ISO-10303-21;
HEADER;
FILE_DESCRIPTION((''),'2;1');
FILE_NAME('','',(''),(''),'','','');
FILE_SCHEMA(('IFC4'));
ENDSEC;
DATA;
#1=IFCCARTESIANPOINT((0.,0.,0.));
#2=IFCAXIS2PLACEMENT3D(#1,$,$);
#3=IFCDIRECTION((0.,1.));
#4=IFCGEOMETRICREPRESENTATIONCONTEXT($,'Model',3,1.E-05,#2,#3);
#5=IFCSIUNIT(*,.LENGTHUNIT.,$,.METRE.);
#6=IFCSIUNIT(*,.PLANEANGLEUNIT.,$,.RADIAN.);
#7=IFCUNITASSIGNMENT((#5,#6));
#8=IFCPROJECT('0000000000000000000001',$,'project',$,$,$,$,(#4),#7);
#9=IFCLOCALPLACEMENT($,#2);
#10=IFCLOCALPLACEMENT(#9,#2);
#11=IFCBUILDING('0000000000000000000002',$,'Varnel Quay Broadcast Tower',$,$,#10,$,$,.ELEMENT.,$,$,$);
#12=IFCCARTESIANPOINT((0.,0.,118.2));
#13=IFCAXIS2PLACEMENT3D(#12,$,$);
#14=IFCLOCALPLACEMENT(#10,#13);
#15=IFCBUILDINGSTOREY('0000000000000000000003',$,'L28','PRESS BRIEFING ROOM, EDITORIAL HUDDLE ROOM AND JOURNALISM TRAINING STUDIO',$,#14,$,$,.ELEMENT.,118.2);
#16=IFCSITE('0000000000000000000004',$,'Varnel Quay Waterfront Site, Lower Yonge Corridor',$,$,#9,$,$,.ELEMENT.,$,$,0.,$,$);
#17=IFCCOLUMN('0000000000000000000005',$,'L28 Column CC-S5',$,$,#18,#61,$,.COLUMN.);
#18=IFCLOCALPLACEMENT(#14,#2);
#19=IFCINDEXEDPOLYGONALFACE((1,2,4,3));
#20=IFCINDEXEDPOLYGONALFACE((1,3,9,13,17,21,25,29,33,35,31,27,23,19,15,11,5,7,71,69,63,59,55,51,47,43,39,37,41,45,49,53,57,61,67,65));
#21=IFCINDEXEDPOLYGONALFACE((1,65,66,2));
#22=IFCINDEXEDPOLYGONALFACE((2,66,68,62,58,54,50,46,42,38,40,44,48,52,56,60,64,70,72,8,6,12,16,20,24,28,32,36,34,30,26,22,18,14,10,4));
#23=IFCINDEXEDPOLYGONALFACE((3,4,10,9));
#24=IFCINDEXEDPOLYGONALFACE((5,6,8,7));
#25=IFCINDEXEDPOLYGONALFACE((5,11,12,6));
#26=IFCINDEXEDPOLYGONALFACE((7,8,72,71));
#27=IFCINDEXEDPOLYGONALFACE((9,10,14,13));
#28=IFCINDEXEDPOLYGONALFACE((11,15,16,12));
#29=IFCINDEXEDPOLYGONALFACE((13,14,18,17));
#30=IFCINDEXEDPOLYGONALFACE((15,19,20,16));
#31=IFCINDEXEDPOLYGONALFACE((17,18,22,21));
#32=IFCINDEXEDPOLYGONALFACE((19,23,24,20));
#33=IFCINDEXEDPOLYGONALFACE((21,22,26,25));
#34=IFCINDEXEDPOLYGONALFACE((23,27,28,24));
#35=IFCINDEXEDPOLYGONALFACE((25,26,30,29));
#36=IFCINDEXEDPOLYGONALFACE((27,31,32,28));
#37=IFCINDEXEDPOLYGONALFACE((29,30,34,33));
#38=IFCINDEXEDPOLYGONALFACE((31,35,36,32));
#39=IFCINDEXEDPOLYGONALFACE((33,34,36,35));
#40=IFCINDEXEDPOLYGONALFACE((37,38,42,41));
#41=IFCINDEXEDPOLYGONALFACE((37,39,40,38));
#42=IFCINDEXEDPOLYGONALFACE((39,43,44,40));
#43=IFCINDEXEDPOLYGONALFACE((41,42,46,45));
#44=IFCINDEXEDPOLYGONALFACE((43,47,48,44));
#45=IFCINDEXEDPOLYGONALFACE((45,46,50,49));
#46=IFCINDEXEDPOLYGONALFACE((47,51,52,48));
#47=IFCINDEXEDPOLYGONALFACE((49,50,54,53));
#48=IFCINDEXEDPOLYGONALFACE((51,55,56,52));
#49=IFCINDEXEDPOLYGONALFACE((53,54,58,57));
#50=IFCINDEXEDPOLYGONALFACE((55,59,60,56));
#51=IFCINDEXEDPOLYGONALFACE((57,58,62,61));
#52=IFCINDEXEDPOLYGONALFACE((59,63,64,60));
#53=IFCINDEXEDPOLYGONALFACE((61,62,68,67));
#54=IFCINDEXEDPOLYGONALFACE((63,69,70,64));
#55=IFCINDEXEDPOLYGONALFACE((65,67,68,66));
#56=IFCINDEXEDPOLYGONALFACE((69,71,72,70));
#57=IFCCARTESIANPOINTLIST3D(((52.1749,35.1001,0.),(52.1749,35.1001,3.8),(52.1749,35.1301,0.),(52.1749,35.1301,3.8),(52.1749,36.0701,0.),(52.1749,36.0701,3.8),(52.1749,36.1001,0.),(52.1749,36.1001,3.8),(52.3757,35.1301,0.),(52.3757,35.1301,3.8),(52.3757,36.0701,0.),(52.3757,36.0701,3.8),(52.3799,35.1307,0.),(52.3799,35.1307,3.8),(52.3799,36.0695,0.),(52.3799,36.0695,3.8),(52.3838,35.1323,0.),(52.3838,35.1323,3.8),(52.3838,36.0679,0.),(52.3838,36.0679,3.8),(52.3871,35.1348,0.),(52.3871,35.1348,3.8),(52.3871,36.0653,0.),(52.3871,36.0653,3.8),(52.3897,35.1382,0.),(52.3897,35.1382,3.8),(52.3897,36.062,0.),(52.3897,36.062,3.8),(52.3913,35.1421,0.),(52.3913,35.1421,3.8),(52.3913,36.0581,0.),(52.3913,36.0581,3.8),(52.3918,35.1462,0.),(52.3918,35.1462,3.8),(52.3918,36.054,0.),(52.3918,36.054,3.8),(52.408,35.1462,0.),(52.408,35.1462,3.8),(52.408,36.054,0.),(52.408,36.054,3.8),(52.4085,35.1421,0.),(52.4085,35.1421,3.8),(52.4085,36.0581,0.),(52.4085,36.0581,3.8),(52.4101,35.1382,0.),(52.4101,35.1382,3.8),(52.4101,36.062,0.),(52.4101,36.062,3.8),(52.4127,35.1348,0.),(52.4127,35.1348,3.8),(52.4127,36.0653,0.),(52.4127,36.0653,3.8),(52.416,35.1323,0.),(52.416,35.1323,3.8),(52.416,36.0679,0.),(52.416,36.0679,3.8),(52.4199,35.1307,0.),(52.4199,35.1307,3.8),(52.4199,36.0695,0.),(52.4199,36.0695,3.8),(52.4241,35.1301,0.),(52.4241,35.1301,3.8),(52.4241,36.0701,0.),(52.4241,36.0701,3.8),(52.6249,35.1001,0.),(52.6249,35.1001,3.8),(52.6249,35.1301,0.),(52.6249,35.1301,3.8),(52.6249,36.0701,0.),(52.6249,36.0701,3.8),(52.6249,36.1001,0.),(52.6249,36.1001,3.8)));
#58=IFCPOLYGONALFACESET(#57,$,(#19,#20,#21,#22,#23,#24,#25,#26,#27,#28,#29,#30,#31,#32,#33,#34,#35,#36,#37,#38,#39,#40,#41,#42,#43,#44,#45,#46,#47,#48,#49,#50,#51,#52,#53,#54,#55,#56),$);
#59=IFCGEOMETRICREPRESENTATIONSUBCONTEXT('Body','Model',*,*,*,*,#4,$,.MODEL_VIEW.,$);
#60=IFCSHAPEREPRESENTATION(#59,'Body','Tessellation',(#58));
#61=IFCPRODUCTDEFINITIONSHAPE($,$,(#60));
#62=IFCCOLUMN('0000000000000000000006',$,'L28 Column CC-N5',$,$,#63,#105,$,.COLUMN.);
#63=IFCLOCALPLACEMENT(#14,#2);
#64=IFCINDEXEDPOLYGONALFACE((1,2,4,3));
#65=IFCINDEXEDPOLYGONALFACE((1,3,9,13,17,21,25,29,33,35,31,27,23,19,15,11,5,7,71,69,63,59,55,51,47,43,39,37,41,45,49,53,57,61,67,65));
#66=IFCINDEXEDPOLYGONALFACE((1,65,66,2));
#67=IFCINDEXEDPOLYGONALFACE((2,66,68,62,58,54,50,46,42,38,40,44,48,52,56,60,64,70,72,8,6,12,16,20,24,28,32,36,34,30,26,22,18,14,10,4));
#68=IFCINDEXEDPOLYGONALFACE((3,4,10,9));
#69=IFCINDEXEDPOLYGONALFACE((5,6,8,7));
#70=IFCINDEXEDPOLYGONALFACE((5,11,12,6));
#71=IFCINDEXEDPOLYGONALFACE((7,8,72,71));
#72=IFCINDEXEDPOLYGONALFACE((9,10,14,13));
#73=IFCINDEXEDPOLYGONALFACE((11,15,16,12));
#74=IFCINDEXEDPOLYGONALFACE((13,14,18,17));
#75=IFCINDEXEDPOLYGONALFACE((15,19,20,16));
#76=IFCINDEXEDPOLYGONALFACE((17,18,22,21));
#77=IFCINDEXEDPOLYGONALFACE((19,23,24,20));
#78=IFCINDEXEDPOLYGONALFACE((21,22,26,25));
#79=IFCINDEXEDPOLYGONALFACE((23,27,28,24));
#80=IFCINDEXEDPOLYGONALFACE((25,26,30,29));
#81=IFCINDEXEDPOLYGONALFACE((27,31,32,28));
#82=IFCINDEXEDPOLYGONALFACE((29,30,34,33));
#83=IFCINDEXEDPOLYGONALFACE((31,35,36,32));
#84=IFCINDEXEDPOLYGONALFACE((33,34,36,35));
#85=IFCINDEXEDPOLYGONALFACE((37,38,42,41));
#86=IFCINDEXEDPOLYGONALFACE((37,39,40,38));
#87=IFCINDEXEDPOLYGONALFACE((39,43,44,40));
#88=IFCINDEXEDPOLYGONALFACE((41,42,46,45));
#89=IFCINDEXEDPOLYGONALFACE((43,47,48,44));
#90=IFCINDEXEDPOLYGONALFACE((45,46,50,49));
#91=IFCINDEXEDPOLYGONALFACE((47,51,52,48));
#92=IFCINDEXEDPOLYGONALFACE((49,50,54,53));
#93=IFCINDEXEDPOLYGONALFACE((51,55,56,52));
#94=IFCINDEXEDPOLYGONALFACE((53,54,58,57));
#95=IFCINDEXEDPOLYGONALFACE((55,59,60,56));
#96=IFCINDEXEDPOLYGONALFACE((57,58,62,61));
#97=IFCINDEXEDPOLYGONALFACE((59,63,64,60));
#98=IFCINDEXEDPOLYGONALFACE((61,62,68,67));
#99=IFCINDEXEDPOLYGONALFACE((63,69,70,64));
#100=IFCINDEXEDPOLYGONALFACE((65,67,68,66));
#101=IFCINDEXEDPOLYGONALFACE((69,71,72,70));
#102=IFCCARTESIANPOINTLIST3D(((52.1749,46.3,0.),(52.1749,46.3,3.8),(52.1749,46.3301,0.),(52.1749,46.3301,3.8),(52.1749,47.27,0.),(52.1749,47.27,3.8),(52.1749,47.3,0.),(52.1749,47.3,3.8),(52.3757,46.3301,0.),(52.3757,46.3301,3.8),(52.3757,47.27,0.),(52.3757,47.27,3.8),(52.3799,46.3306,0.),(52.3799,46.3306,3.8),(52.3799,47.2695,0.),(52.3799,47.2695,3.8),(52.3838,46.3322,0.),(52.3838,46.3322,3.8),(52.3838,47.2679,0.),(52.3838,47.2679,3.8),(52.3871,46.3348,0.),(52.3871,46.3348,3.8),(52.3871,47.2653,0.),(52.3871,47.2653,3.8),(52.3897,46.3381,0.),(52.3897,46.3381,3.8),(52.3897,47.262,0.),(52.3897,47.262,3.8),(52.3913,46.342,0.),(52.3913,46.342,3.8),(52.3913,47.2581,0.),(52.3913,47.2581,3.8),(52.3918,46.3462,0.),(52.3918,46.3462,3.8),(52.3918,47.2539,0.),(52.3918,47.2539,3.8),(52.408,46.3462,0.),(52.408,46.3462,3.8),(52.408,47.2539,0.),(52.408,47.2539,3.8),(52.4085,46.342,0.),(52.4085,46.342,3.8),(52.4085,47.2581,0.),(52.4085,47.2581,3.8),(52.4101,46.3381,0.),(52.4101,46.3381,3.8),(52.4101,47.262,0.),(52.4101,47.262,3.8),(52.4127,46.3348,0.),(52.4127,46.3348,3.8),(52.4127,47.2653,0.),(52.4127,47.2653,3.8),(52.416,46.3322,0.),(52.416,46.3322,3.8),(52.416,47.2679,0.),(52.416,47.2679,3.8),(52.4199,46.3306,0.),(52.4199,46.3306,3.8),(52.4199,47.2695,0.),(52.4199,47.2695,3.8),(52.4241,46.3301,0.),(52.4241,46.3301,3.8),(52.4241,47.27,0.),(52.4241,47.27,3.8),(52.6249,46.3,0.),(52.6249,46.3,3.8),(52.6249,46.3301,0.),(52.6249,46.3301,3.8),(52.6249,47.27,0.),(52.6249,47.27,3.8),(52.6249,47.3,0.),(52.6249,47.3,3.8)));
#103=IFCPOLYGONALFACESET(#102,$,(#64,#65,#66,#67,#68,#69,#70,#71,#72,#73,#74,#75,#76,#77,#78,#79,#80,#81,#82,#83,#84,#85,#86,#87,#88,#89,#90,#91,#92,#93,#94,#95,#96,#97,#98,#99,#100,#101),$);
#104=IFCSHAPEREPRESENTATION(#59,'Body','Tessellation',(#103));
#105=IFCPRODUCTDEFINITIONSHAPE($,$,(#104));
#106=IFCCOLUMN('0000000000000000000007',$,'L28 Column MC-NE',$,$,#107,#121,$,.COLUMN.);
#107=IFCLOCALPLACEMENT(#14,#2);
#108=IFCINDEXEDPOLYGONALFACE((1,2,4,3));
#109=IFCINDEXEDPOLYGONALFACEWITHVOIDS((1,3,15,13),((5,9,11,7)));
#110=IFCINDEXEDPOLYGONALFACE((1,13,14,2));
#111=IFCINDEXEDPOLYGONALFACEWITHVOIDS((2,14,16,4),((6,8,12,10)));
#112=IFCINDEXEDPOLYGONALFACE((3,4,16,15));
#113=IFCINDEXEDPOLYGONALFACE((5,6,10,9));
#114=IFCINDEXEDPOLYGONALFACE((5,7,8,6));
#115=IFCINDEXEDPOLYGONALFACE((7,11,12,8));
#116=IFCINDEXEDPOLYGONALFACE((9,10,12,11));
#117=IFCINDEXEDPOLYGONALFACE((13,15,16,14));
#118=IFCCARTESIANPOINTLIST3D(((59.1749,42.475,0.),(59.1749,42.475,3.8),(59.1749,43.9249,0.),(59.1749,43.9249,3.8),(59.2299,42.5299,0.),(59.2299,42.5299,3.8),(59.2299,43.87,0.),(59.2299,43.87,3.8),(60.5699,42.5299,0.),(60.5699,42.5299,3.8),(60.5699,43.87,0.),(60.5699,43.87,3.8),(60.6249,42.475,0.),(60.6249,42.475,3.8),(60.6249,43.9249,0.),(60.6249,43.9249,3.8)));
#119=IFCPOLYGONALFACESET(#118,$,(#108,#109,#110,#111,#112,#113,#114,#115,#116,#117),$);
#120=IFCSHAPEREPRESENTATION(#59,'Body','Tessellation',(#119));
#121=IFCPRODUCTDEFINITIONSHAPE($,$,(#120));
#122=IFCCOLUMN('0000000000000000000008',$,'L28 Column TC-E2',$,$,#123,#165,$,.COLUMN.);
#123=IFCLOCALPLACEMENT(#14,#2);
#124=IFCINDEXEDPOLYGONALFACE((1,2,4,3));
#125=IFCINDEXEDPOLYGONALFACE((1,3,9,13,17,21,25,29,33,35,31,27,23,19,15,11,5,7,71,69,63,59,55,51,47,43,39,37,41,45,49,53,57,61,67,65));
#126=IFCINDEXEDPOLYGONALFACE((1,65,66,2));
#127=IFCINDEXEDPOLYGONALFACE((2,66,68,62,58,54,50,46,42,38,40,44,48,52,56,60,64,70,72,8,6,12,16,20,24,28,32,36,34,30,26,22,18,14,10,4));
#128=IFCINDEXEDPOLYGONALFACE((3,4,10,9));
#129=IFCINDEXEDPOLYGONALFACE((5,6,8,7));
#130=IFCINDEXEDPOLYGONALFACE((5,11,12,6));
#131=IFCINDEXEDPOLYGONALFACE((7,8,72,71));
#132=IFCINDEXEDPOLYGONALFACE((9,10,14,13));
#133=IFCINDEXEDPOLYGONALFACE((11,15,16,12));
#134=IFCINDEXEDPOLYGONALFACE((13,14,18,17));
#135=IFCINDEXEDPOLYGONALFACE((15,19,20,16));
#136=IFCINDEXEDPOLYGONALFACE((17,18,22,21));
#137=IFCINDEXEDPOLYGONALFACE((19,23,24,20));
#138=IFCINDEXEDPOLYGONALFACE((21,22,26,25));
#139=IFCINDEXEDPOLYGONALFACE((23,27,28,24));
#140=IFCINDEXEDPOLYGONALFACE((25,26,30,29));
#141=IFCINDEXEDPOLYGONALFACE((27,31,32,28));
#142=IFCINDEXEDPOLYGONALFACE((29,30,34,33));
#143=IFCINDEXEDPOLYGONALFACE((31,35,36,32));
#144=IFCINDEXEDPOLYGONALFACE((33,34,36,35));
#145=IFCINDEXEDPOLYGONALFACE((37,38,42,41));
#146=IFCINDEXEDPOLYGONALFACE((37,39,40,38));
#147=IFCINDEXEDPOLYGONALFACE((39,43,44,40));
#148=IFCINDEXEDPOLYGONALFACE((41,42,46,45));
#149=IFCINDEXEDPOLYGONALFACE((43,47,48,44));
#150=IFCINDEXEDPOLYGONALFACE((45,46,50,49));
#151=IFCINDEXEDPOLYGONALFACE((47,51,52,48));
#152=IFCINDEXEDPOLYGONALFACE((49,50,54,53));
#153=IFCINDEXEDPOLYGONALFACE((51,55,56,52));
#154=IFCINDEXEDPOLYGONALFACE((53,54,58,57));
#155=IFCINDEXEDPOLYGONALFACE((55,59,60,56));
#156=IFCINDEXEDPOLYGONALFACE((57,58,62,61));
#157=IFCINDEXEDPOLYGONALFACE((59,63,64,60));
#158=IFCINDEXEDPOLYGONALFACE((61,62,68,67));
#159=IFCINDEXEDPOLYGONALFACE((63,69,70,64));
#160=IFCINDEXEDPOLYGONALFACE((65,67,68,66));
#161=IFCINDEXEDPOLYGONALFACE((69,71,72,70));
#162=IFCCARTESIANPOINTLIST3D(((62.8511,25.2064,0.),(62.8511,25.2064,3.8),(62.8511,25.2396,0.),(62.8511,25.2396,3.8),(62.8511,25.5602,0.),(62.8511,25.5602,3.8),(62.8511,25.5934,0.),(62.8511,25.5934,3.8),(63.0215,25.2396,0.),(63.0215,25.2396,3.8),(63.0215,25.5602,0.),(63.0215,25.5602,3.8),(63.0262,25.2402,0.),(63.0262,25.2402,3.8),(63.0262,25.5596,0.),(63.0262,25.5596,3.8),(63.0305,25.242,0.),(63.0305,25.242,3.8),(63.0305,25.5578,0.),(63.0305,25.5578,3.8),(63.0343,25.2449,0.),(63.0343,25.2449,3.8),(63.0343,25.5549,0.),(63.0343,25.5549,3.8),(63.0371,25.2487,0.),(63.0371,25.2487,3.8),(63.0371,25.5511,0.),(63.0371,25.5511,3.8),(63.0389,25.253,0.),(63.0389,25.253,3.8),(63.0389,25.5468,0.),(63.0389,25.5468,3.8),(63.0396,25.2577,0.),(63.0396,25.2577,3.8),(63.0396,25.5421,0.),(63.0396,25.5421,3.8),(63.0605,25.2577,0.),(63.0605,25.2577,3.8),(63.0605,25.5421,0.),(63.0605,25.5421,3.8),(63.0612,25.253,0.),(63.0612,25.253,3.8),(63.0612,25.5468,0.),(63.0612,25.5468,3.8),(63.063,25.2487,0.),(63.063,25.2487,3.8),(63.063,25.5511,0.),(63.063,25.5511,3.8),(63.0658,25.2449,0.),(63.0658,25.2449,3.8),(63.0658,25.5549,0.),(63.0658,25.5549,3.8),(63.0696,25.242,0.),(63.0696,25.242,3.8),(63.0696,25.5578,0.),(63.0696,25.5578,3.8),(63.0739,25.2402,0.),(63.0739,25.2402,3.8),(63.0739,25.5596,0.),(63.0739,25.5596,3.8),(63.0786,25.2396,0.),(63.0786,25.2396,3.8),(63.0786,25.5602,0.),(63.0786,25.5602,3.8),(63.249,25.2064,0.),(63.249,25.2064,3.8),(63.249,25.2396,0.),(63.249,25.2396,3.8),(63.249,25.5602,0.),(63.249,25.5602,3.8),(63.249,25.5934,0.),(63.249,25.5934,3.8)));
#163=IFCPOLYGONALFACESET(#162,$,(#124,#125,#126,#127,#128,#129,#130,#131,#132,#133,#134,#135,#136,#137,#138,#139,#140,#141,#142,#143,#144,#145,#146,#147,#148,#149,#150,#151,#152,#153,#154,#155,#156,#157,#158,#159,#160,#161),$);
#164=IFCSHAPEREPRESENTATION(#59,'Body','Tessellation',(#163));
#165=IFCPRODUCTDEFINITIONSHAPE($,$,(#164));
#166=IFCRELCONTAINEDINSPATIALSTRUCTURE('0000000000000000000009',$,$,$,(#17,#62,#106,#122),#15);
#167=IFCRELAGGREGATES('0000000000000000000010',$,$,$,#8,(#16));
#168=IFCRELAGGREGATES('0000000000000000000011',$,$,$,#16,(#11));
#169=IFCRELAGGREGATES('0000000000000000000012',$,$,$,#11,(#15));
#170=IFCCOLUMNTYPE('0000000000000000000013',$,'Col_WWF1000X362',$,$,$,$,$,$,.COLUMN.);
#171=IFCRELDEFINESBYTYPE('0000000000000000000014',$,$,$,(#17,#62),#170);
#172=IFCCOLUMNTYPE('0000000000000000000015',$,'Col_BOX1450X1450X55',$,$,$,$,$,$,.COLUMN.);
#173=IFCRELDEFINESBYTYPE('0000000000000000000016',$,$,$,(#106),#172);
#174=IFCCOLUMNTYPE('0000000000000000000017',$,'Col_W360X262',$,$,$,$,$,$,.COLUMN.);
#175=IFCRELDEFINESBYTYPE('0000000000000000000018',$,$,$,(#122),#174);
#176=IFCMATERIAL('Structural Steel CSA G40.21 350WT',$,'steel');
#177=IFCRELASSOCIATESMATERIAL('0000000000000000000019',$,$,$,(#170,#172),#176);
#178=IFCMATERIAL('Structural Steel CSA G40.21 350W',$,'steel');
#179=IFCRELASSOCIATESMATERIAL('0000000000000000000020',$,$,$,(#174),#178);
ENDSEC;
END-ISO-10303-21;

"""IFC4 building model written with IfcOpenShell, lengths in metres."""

from ifc_helpers import new_model, si_unit, direction, frame, origin, origin_2d, place, context, subcontext, project, spatial, hollow_rectangle, i_section, extrude, source, transform, mapped, material, material_profile, profile_set, type_object, type_shapes, element, save


model = new_model("IFC4")

# Units and contexts
model_context = context("Model", 3, precision=1e-05, world=origin(), true_north=direction((0.0, 1.0)))
body_context = subcontext(model_context, "Body", "Model", "MODEL_VIEW")
ifc_project = project(units=[si_unit("LENGTHUNIT", "METRE"), si_unit("PLANEANGLEUNIT", "RADIAN")], contexts=[model_context])

# Site, building, storey
site_placement = place(None, origin())
site = spatial("IfcSite", under=ifc_project, at=site_placement, Name="Varnel Quay Waterfront Site, Lower Yonge Corridor", CompositionType="ELEMENT", RefElevation=0.0)
building_placement = place(site_placement, origin())
building = spatial("IfcBuilding", under=site, at=building_placement, Name="Varnel Quay Broadcast Tower", CompositionType="ELEMENT")
storey_placement = place(building_placement, frame((0.0, 0.0, 118.2)))
storey = spatial("IfcBuildingStorey", under=building, at=storey_placement, Name="L28", Description="PRESS BRIEFING ROOM, EDITORIAL HUDDLE ROOM AND JOURNALISM TRAINING STUDIO", CompositionType="ELEMENT", Elevation=118.2)

# Columns
ifc_material_1 = material(Name="Structural Steel CSA G40.21 350WT", Category="steel")
ifc_material_profile_1 = material_profile(ifc_material_1, i_section(OverallWidth=0.45, OverallDepth=1.0, WebThickness=0.0161, FlangeThickness=0.03, FilletRadius=0.0161, at=origin_2d()), Name="WWF1000X362")
ifc_profile_set_1 = profile_set([ifc_material_profile_1], Name="Structural Steel CSA G40.21 350WT")
column_type_1 = type_object("IfcColumnType", Name="Col_WWF1000X362", PredefinedType="COLUMN", material=ifc_profile_set_1)
shared_shape_1 = source(origin(), body_context, "Body", "SweptSolid", [
    extrude(i_section(OverallWidth=0.45, OverallDepth=1.0, WebThickness=0.0161, FlangeThickness=0.03, FilletRadius=0.0161, at=origin_2d()), origin(), (0.0, 0.0, 1.0), 3.8),
])
type_shapes(column_type_1, [shared_shape_1])
for number, where, z_axis, x_axis, name in (
    (1, (52.3999, 35.6001, 0.0), (0.0, 0.0, 1.0), (1.0, 0.0, 0.0), "L28 Column CC-S5"),
    (2, (52.3999, 46.8, 0.0), (0.0, 0.0, 1.0), (1.0, 0.0, 0.0), "L28 Column CC-N5"),
):
    element("IfcColumn", number, at=place(storey_placement, frame(where, z_axis=z_axis, x_axis=x_axis)), inside=storey, type_object=column_type_1, Name=name, PredefinedType="COLUMN", context=body_context, shape_type="MappedRepresentation", body=[
        mapped(shared_shape_1, transform((0.0, 0.0, 0.0), x_axis=(1.0, 0.0, 0.0), y_axis=(0.0, 1.0, 0.0), z_axis=(0.0, 0.0, 1.0), scale=1.0)),
    ])
ifc_material_profile_2 = material_profile(ifc_material_1, hollow_rectangle(XDim=1.45, YDim=1.45, WallThickness=0.0549, at=origin_2d()), Name="BOX1450X1450X55")
ifc_profile_set_2 = profile_set([ifc_material_profile_2], Name="Structural Steel CSA G40.21 350WT")
column_type_2 = type_object("IfcColumnType", Name="Col_BOX1450X1450X55", PredefinedType="COLUMN", material=ifc_profile_set_2)
shared_shape_2 = source(origin(), body_context, "Body", "SweptSolid", [
    extrude(hollow_rectangle(XDim=1.45, YDim=1.45, WallThickness=0.0549, at=origin_2d()), origin(), (0.0, 0.0, 1.0), 3.8),
])
type_shapes(column_type_2, [shared_shape_2])
column_placement = place(storey_placement, frame((59.8999, 43.2, 0.0), z_axis=(0.0, 0.0, 1.0), x_axis=(1.0, 0.0, 0.0)))
element("IfcColumn", 3, at=column_placement, inside=storey, type_object=column_type_2, Name="L28 Column MC-NE", PredefinedType="COLUMN", context=body_context, shape_type="MappedRepresentation", body=[
    mapped(shared_shape_2, transform((0.0, 0.0, 0.0), x_axis=(1.0, 0.0, 0.0), y_axis=(0.0, 1.0, 0.0), z_axis=(0.0, 0.0, 1.0), scale=1.0)),
])
ifc_material_2 = material(Name="Structural Steel CSA G40.21 350W", Category="steel")
ifc_material_profile_3 = material_profile(ifc_material_2, i_section(OverallWidth=0.3979, OverallDepth=0.387, WebThickness=0.021, FlangeThickness=0.0332, FilletRadius=0.0181, at=origin_2d()), Name="W360X262")
ifc_profile_set_3 = profile_set([ifc_material_profile_3], Name="Structural Steel CSA G40.21 350W")
column_type_3 = type_object("IfcColumnType", Name="Col_W360X262", PredefinedType="COLUMN", material=ifc_profile_set_3)
shared_shape_3 = source(origin(), body_context, "Body", "SweptSolid", [
    extrude(i_section(OverallWidth=0.3979, OverallDepth=0.387, WebThickness=0.021, FlangeThickness=0.0332, FilletRadius=0.0181, at=origin_2d()), origin(), (0.0, 0.0, 1.0), 3.8),
])
type_shapes(column_type_3, [shared_shape_3])
for number, where, z_axis, x_axis, name in (
    (4, (63.05, 25.3999, 0.0), (0.0, 0.0, 1.0), (1.0, 0.0, 0.0), "L28 Column TC-E2"),
):
    element("IfcColumn", number, at=place(storey_placement, frame(where, z_axis=z_axis, x_axis=x_axis)), inside=storey, type_object=column_type_3, Name=name, PredefinedType="COLUMN", context=body_context, shape_type="MappedRepresentation", body=[
        mapped(shared_shape_3, transform((0.0, 0.0, 0.0), x_axis=(1.0, 0.0, 0.0), y_axis=(0.0, 1.0, 0.0), z_axis=(0.0, 0.0, 1.0), scale=1.0)),
    ])

save(model, "model.ifc")
